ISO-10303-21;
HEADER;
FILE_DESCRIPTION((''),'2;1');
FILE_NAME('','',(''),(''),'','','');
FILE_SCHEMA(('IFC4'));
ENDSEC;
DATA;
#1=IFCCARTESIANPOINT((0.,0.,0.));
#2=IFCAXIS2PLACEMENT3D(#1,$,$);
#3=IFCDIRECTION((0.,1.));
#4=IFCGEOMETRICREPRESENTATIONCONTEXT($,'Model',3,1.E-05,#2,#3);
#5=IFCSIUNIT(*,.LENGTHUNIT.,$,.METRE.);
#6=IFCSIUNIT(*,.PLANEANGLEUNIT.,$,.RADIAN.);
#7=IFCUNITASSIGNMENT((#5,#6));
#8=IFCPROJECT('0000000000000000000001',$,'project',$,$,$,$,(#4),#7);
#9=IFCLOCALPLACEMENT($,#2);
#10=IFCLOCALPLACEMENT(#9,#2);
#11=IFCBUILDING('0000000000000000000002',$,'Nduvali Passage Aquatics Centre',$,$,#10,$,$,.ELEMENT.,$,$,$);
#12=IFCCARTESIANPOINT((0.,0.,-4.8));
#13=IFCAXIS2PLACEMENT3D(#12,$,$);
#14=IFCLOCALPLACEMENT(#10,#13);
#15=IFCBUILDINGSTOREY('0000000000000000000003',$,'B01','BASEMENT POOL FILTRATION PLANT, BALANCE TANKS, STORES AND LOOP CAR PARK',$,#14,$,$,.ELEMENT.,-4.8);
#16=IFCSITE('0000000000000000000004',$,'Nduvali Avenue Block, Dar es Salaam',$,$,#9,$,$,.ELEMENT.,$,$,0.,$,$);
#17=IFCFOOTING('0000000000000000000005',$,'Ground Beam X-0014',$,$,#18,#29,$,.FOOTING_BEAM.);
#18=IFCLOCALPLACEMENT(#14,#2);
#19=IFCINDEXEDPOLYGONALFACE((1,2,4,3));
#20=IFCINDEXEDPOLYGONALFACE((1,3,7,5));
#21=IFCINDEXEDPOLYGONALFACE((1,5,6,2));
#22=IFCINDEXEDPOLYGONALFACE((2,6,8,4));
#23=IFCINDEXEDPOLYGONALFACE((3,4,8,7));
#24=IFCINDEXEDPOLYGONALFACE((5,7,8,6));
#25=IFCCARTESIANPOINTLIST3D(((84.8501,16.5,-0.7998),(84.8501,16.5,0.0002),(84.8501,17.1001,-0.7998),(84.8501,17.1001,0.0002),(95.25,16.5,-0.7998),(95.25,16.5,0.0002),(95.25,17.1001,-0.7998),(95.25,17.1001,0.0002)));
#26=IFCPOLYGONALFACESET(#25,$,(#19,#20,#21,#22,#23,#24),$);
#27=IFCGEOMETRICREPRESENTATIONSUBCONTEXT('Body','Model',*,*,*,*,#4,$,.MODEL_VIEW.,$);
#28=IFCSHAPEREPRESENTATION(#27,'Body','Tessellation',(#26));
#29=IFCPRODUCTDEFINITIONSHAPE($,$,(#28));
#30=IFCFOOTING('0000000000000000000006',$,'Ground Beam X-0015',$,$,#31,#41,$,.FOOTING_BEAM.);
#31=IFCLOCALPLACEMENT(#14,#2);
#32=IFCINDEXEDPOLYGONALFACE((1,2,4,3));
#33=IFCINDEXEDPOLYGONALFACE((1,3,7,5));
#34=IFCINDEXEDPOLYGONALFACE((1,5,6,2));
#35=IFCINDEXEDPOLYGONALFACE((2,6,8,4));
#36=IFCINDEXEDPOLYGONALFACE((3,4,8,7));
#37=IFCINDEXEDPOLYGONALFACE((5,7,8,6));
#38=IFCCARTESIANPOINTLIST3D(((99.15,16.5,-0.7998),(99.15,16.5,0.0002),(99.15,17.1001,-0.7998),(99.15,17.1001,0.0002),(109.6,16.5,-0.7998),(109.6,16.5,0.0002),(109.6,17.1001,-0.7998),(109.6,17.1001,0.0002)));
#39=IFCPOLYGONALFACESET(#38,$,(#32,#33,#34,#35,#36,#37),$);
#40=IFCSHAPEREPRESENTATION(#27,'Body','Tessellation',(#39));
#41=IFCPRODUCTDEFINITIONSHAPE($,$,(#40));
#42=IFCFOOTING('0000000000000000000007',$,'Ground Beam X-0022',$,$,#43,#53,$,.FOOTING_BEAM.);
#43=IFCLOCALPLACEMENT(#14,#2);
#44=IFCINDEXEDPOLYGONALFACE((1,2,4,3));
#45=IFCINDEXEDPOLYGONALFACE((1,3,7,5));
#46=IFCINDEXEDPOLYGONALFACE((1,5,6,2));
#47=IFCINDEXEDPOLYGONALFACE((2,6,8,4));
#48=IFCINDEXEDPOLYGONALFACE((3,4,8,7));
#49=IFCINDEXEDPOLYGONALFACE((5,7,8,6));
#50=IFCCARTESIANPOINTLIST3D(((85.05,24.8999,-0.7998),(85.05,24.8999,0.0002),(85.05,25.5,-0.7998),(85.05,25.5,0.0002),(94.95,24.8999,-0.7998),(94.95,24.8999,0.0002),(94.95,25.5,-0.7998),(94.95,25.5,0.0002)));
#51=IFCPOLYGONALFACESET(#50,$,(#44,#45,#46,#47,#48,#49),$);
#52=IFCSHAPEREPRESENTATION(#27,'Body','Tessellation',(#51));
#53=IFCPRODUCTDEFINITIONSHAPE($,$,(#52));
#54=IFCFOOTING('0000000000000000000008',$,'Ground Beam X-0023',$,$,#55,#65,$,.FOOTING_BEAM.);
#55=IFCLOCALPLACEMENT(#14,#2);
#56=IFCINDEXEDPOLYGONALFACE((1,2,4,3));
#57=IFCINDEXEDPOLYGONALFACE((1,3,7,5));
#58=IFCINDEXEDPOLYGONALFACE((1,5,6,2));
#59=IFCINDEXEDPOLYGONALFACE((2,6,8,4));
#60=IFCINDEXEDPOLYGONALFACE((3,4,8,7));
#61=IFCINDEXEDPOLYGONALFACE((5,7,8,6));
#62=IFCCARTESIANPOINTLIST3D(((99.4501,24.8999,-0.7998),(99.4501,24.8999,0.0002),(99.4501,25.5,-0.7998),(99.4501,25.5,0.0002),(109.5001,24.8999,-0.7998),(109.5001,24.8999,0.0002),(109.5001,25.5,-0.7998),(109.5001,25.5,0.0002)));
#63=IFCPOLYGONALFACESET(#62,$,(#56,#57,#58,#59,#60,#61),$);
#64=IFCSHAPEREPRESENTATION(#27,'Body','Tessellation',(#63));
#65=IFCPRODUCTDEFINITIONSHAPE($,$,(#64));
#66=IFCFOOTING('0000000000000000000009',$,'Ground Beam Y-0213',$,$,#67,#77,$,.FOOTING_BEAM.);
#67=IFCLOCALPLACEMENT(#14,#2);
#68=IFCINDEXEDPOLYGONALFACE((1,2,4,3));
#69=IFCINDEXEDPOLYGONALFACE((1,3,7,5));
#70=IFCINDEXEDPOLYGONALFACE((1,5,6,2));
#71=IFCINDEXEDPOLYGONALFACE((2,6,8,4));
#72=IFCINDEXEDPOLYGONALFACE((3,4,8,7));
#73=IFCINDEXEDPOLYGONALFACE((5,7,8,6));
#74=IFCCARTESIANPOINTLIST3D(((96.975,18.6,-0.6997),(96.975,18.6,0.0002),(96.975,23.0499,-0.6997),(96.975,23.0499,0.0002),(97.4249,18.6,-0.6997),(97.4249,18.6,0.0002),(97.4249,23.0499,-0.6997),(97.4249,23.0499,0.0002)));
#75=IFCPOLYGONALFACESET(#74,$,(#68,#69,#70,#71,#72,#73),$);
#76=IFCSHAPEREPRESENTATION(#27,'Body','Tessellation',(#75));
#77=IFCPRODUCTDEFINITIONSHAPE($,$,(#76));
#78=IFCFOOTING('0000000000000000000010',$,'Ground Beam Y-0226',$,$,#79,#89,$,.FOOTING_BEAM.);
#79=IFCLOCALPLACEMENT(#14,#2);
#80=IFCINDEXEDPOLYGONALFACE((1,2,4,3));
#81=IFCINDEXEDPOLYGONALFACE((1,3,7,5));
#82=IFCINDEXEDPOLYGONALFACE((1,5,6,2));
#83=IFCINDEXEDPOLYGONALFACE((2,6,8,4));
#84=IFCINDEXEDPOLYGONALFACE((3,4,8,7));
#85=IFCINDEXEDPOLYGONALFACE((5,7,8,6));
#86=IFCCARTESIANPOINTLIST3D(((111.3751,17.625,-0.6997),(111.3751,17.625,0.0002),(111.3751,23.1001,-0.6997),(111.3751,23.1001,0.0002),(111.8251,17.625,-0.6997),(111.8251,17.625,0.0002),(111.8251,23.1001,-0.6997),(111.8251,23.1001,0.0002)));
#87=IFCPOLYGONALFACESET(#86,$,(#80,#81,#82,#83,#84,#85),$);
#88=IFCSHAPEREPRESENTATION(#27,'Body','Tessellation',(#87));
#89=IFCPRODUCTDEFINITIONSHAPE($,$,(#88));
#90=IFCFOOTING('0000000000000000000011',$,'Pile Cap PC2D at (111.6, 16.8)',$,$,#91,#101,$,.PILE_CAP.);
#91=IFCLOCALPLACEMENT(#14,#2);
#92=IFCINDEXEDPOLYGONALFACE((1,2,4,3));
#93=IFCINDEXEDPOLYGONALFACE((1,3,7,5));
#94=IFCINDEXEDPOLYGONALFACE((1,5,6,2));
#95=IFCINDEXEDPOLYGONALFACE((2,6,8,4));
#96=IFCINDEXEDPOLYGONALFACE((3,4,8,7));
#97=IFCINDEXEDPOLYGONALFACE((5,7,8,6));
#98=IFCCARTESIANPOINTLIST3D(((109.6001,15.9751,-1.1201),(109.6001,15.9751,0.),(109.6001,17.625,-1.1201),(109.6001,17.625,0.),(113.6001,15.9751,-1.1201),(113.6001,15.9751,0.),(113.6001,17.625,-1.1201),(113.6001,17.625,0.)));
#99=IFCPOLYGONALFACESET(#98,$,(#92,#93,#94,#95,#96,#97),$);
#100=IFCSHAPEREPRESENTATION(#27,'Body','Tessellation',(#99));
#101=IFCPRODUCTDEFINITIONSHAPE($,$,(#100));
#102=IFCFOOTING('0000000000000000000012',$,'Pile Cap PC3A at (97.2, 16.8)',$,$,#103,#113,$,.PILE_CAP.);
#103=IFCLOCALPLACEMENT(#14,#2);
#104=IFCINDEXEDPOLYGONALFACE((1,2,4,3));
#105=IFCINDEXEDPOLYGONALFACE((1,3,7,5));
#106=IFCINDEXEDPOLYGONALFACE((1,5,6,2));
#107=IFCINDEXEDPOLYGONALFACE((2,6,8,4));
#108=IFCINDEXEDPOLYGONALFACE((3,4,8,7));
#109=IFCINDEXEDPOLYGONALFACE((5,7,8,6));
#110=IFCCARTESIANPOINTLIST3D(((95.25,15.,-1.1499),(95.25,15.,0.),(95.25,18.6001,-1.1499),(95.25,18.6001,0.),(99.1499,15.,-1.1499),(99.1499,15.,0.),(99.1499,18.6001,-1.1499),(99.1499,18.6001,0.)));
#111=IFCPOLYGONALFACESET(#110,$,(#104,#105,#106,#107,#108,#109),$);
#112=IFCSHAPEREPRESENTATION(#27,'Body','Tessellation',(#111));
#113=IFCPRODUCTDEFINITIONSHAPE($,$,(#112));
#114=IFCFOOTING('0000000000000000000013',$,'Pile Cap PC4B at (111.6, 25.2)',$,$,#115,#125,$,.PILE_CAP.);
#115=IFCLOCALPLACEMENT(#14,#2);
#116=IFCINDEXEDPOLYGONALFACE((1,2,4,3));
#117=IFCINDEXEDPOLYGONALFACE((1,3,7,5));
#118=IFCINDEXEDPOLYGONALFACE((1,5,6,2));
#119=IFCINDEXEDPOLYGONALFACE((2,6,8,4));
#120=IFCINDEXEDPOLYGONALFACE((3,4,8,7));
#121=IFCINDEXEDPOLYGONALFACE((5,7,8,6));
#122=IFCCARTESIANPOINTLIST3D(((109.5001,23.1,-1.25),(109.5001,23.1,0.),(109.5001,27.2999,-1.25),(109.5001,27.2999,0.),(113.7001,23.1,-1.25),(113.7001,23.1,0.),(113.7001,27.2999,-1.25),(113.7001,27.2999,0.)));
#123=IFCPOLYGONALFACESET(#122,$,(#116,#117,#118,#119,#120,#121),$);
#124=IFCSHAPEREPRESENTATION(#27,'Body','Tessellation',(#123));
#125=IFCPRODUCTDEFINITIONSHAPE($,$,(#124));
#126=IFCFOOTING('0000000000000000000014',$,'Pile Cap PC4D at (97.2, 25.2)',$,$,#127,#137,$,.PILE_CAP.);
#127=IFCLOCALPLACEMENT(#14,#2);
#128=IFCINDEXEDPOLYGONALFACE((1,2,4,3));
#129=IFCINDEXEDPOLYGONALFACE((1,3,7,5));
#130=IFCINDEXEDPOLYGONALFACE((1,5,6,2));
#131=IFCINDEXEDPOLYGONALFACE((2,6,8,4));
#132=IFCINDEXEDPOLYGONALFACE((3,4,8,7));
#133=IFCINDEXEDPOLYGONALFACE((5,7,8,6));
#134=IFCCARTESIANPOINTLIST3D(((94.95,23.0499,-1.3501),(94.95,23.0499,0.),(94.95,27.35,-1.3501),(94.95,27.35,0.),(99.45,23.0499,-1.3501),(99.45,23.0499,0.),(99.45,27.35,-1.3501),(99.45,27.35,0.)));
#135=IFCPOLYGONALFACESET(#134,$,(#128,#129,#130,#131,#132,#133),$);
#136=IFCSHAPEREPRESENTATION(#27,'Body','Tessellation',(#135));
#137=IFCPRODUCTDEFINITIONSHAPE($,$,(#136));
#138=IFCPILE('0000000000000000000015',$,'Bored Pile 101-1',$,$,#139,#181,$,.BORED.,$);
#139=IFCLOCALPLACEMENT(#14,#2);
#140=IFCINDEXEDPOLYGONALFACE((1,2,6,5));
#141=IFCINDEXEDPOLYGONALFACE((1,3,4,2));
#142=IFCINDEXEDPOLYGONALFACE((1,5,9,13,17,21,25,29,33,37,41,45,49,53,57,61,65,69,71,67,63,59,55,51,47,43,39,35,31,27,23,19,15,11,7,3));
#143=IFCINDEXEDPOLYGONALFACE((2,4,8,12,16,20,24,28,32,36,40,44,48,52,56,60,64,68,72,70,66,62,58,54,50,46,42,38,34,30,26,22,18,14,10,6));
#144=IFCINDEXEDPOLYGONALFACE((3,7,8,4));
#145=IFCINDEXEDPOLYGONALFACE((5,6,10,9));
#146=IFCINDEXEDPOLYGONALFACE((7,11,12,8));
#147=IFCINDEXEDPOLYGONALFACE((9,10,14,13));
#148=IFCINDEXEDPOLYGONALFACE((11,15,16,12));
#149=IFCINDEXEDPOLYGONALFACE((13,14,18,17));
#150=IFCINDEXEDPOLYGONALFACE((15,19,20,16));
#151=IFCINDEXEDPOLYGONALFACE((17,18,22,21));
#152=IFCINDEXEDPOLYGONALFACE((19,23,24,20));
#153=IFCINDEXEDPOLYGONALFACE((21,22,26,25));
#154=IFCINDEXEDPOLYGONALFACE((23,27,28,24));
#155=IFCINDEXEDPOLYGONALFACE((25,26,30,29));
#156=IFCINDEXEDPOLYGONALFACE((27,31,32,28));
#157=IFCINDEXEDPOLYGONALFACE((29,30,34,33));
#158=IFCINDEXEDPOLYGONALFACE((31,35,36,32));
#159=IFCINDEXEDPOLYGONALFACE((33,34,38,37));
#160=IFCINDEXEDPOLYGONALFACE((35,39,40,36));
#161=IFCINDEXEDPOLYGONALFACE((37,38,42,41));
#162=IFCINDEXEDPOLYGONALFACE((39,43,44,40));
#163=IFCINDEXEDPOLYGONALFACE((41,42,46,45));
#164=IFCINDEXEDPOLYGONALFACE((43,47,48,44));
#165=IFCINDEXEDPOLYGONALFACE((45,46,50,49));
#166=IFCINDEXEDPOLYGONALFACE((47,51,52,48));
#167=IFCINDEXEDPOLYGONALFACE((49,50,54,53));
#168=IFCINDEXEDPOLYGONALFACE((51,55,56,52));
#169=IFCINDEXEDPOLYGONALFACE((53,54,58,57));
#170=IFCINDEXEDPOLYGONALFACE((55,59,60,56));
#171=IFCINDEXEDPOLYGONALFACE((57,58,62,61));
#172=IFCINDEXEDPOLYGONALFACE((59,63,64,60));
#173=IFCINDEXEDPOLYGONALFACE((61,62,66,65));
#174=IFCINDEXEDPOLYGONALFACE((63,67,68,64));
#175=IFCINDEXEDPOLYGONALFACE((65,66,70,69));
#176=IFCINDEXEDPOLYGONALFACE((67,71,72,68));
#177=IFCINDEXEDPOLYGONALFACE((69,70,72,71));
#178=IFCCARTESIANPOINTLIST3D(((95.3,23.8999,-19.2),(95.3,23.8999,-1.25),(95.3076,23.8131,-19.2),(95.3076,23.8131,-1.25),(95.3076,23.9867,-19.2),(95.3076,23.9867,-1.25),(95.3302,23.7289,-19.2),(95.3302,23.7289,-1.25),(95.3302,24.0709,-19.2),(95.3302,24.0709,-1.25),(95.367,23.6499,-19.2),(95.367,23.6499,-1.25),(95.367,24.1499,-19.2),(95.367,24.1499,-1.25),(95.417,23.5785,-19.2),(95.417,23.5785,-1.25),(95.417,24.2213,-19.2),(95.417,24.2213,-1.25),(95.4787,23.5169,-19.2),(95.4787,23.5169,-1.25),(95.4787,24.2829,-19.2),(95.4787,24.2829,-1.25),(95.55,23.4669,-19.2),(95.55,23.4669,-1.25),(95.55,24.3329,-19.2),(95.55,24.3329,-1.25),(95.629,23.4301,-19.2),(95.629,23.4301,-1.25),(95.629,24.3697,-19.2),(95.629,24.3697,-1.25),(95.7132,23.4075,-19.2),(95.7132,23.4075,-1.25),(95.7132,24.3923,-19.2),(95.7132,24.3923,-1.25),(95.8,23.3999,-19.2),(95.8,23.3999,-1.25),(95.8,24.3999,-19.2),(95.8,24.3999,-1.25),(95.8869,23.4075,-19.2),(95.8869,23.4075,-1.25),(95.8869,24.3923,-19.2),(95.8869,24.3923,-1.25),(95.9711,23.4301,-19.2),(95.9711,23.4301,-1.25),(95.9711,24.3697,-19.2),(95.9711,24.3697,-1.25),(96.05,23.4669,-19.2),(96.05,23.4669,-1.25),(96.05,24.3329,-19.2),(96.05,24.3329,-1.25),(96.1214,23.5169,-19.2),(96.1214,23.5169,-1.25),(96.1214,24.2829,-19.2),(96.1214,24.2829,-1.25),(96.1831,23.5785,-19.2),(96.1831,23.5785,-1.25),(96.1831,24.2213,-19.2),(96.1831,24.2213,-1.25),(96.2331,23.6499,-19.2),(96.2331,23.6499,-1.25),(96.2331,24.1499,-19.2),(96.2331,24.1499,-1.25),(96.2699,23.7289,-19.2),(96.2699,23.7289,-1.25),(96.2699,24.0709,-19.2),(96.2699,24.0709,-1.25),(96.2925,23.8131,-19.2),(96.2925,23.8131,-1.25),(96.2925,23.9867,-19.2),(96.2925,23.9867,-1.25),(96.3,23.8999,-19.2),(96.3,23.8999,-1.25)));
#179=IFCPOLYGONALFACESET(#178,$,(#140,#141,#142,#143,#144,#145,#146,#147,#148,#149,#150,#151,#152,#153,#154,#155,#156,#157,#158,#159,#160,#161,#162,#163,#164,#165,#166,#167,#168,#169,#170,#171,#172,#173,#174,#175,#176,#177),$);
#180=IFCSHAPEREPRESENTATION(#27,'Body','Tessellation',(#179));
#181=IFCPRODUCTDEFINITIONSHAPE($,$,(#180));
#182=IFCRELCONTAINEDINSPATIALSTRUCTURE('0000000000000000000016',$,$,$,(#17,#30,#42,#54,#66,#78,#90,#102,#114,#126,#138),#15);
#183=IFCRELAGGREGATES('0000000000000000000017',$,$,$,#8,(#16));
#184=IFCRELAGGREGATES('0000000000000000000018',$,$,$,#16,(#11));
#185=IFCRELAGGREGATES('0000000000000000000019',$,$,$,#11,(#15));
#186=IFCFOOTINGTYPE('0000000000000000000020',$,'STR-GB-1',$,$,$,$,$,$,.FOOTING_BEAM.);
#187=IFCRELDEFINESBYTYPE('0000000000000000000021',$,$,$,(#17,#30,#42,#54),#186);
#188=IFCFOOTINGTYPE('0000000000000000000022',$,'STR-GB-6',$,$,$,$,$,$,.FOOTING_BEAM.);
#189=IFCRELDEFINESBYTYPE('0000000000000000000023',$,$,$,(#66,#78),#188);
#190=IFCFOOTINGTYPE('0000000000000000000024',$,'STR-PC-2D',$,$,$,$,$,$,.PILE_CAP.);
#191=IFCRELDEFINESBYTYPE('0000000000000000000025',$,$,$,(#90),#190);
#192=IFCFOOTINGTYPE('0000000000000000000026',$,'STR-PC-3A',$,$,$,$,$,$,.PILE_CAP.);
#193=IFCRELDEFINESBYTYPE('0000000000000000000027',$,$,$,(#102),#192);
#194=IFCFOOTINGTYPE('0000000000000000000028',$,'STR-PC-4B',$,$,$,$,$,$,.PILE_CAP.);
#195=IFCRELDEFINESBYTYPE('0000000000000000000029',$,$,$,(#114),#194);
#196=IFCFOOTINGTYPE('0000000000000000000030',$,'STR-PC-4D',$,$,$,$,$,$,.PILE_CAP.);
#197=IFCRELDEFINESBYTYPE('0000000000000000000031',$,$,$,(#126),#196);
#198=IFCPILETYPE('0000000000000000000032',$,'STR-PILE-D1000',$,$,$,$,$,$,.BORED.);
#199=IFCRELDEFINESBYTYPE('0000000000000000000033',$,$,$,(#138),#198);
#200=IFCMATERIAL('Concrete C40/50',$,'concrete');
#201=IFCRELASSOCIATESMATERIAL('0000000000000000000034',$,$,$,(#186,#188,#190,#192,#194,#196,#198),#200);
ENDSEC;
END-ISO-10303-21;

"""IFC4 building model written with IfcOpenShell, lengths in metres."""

from ifc_helpers import new_model, si_unit, direction, frame, origin, origin_2d, place, context, subcontext, project, spatial, rectangle, circle, extrude, material, material_profile, profile_set, type_object, element, save


model = new_model("IFC4")

# Units and contexts
model_context = context("Model", 3, precision=1e-05, world=origin(), true_north=direction((0.0, 1.0)))
body_context = subcontext(model_context, "Body", "Model", "MODEL_VIEW")
ifc_project = project(units=[si_unit("LENGTHUNIT", "METRE"), si_unit("PLANEANGLEUNIT", "RADIAN")], contexts=[model_context])

# Site, building, storey
site_placement = place(None, origin())
site = spatial("IfcSite", under=ifc_project, at=site_placement, Name="Nduvali Avenue Block, Dar es Salaam", CompositionType="ELEMENT", RefElevation=0.0)
building_placement = place(site_placement, origin())
building = spatial("IfcBuilding", under=site, at=building_placement, Name="Nduvali Passage Aquatics Centre", CompositionType="ELEMENT")
storey_placement = place(building_placement, frame((0.0, 0.0, -4.8)))
storey = spatial("IfcBuildingStorey", under=building, at=storey_placement, Name="B01", Description="BASEMENT POOL FILTRATION PLANT, BALANCE TANKS, STORES AND LOOP CAR PARK", CompositionType="ELEMENT", Elevation=-4.8)

# Footings
ifc_material = material(Name="Concrete C40/50", Category="concrete")
footing_type_1 = type_object("IfcFootingType", Name="STR-GB-1", PredefinedType="FOOTING_BEAM", material=ifc_material)
footing_1_placement = place(storey_placement, frame((90.05, 16.8, -0.7998), z_axis=(0.0, 0.0, 1.0), x_axis=(1.0, 0.0, 0.0)))
element("IfcFooting", 1, at=footing_1_placement, inside=storey, type_object=footing_type_1, Name="Ground Beam X-0014", PredefinedType="FOOTING_BEAM", context=body_context, shape_type="SweptSolid", body=[
    extrude(rectangle(XDim=10.3999, YDim=0.6001, at=origin_2d()), origin(), (0.0, 0.0, 1.0), 0.8),
])
footing_2_placement = place(storey_placement, frame((104.375, 16.8, -0.7998), z_axis=(0.0, 0.0, 1.0), x_axis=(1.0, 0.0, 0.0)))
element("IfcFooting", 2, at=footing_2_placement, inside=storey, type_object=footing_type_1, Name="Ground Beam X-0015", PredefinedType="FOOTING_BEAM", context=body_context, shape_type="SweptSolid", body=[
    extrude(rectangle(XDim=10.45, YDim=0.6001, at=origin_2d()), origin(), (0.0, 0.0, 1.0), 0.8),
])
footing_3_placement = place(storey_placement, frame((90.0, 25.2, -0.7998), z_axis=(0.0, 0.0, 1.0), x_axis=(1.0, 0.0, 0.0)))
element("IfcFooting", 3, at=footing_3_placement, inside=storey, type_object=footing_type_1, Name="Ground Beam X-0022", PredefinedType="FOOTING_BEAM", context=body_context, shape_type="SweptSolid", body=[
    extrude(rectangle(XDim=9.8999, YDim=0.6001, at=origin_2d()), origin(), (0.0, 0.0, 1.0), 0.8),
])
footing_4_placement = place(storey_placement, frame((104.4751, 25.2, -0.7998), z_axis=(0.0, 0.0, 1.0), x_axis=(1.0, 0.0, 0.0)))
element("IfcFooting", 4, at=footing_4_placement, inside=storey, type_object=footing_type_1, Name="Ground Beam X-0023", PredefinedType="FOOTING_BEAM", context=body_context, shape_type="SweptSolid", body=[
    extrude(rectangle(XDim=10.05, YDim=0.6001, at=origin_2d()), origin(), (0.0, 0.0, 1.0), 0.8),
])
footing_type_2 = type_object("IfcFootingType", Name="STR-GB-6", PredefinedType="FOOTING_BEAM", material=ifc_material)
footing_5_placement = place(storey_placement, frame((97.2, 20.825, -0.6997), z_axis=(0.0, 0.0, 1.0), x_axis=(0.0, 1.0, 0.0)))
element("IfcFooting", 5, at=footing_5_placement, inside=storey, type_object=footing_type_2, Name="Ground Beam Y-0213", PredefinedType="FOOTING_BEAM", context=body_context, shape_type="SweptSolid", body=[
    extrude(rectangle(XDim=4.45, YDim=0.45, at=origin_2d()), origin(), (0.0, 0.0, 1.0), 0.7),
])
footing_6_placement = place(storey_placement, frame((111.6001, 20.3625, -0.6997), z_axis=(0.0, 0.0, 1.0), x_axis=(0.0, 1.0, 0.0)))
element("IfcFooting", 6, at=footing_6_placement, inside=storey, type_object=footing_type_2, Name="Ground Beam Y-0226", PredefinedType="FOOTING_BEAM", context=body_context, shape_type="SweptSolid", body=[
    extrude(rectangle(XDim=5.4751, YDim=0.45, at=origin_2d()), origin(), (0.0, 0.0, 1.0), 0.7),
])
footing_type_3 = type_object("IfcFootingType", Name="STR-PC-2D", PredefinedType="PILE_CAP", material=ifc_material)
footing_7_placement = place(storey_placement, frame((111.6001, 16.8, -1.1201), z_axis=(0.0, 0.0, 1.0), x_axis=(1.0, 0.0, 0.0)))
element("IfcFooting", 7, at=footing_7_placement, inside=storey, type_object=footing_type_3, Name="Pile Cap PC2D at (111.6, 16.8)", PredefinedType="PILE_CAP", context=body_context, shape_type="SweptSolid", body=[
    extrude(rectangle(XDim=4.0, YDim=1.6499, at=origin_2d()), origin(), (0.0, 0.0, 1.0), 1.1201),
])
footing_type_4 = type_object("IfcFootingType", Name="STR-PC-3A", PredefinedType="PILE_CAP", material=ifc_material)
footing_8_placement = place(storey_placement, frame((97.2, 16.8, -1.1499), z_axis=(0.0, 0.0, 1.0), x_axis=(1.0, 0.0, 0.0)))
element("IfcFooting", 8, at=footing_8_placement, inside=storey, type_object=footing_type_4, Name="Pile Cap PC3A at (97.2, 16.8)", PredefinedType="PILE_CAP", context=body_context, shape_type="SweptSolid", body=[
    extrude(rectangle(XDim=3.8999, YDim=3.6001, at=origin_2d()), origin(), (0.0, 0.0, 1.0), 1.1499),
])
footing_type_5 = type_object("IfcFootingType", Name="STR-PC-4B", PredefinedType="PILE_CAP", material=ifc_material)
footing_9_placement = place(storey_placement, frame((111.6001, 25.2, -1.25), z_axis=(0.0, 0.0, 1.0), x_axis=(1.0, 0.0, 0.0)))
element("IfcFooting", 9, at=footing_9_placement, inside=storey, type_object=footing_type_5, Name="Pile Cap PC4B at (111.6, 25.2)", PredefinedType="PILE_CAP", context=body_context, shape_type="SweptSolid", body=[
    extrude(rectangle(XDim=4.2, YDim=4.2, at=origin_2d()), origin(), (0.0, 0.0, 1.0), 1.25),
])
footing_type_6 = type_object("IfcFootingType", Name="STR-PC-4D", PredefinedType="PILE_CAP", material=ifc_material)
footing_10_placement = place(storey_placement, frame((97.2, 25.2, -1.3501), z_axis=(0.0, 0.0, 1.0), x_axis=(1.0, 0.0, 0.0)))
element("IfcFooting", 10, at=footing_10_placement, inside=storey, type_object=footing_type_6, Name="Pile Cap PC4D at (97.2, 25.2)", PredefinedType="PILE_CAP", context=body_context, shape_type="SweptSolid", body=[
    extrude(rectangle(XDim=4.5, YDim=4.3, at=origin_2d()), origin(), (0.0, 0.0, 1.0), 1.3501),
])

# Pile
ifc_material_profile_1 = material_profile(ifc_material, circle(Radius=0.5, at=origin_2d()), Name="PILE D1000")
ifc_profile_set_1 = profile_set([ifc_material_profile_1], Name="Concrete C40/50")
pile_type_1 = type_object("IfcPileType", Name="STR-PILE-D1000", PredefinedType="BORED", material=ifc_profile_set_1)
for number, where, z_axis, x_axis, name in (
    (11, (95.8, 23.8999, -1.25), (0.0, 0.0, -1.0), (1.0, 0.0, 0.0), "Bored Pile 101-1"),
):
    element("IfcPile", number, at=place(storey_placement, frame(where, z_axis=z_axis, x_axis=x_axis)), inside=storey, type_object=pile_type_1, Name=name, PredefinedType="BORED", context=body_context, shape_type="SweptSolid", body=[
        extrude(circle(Radius=0.5, at=origin_2d()), origin(), (0.0, 0.0, 1.0), 17.95),
    ])

save(model, "model.ifc")
